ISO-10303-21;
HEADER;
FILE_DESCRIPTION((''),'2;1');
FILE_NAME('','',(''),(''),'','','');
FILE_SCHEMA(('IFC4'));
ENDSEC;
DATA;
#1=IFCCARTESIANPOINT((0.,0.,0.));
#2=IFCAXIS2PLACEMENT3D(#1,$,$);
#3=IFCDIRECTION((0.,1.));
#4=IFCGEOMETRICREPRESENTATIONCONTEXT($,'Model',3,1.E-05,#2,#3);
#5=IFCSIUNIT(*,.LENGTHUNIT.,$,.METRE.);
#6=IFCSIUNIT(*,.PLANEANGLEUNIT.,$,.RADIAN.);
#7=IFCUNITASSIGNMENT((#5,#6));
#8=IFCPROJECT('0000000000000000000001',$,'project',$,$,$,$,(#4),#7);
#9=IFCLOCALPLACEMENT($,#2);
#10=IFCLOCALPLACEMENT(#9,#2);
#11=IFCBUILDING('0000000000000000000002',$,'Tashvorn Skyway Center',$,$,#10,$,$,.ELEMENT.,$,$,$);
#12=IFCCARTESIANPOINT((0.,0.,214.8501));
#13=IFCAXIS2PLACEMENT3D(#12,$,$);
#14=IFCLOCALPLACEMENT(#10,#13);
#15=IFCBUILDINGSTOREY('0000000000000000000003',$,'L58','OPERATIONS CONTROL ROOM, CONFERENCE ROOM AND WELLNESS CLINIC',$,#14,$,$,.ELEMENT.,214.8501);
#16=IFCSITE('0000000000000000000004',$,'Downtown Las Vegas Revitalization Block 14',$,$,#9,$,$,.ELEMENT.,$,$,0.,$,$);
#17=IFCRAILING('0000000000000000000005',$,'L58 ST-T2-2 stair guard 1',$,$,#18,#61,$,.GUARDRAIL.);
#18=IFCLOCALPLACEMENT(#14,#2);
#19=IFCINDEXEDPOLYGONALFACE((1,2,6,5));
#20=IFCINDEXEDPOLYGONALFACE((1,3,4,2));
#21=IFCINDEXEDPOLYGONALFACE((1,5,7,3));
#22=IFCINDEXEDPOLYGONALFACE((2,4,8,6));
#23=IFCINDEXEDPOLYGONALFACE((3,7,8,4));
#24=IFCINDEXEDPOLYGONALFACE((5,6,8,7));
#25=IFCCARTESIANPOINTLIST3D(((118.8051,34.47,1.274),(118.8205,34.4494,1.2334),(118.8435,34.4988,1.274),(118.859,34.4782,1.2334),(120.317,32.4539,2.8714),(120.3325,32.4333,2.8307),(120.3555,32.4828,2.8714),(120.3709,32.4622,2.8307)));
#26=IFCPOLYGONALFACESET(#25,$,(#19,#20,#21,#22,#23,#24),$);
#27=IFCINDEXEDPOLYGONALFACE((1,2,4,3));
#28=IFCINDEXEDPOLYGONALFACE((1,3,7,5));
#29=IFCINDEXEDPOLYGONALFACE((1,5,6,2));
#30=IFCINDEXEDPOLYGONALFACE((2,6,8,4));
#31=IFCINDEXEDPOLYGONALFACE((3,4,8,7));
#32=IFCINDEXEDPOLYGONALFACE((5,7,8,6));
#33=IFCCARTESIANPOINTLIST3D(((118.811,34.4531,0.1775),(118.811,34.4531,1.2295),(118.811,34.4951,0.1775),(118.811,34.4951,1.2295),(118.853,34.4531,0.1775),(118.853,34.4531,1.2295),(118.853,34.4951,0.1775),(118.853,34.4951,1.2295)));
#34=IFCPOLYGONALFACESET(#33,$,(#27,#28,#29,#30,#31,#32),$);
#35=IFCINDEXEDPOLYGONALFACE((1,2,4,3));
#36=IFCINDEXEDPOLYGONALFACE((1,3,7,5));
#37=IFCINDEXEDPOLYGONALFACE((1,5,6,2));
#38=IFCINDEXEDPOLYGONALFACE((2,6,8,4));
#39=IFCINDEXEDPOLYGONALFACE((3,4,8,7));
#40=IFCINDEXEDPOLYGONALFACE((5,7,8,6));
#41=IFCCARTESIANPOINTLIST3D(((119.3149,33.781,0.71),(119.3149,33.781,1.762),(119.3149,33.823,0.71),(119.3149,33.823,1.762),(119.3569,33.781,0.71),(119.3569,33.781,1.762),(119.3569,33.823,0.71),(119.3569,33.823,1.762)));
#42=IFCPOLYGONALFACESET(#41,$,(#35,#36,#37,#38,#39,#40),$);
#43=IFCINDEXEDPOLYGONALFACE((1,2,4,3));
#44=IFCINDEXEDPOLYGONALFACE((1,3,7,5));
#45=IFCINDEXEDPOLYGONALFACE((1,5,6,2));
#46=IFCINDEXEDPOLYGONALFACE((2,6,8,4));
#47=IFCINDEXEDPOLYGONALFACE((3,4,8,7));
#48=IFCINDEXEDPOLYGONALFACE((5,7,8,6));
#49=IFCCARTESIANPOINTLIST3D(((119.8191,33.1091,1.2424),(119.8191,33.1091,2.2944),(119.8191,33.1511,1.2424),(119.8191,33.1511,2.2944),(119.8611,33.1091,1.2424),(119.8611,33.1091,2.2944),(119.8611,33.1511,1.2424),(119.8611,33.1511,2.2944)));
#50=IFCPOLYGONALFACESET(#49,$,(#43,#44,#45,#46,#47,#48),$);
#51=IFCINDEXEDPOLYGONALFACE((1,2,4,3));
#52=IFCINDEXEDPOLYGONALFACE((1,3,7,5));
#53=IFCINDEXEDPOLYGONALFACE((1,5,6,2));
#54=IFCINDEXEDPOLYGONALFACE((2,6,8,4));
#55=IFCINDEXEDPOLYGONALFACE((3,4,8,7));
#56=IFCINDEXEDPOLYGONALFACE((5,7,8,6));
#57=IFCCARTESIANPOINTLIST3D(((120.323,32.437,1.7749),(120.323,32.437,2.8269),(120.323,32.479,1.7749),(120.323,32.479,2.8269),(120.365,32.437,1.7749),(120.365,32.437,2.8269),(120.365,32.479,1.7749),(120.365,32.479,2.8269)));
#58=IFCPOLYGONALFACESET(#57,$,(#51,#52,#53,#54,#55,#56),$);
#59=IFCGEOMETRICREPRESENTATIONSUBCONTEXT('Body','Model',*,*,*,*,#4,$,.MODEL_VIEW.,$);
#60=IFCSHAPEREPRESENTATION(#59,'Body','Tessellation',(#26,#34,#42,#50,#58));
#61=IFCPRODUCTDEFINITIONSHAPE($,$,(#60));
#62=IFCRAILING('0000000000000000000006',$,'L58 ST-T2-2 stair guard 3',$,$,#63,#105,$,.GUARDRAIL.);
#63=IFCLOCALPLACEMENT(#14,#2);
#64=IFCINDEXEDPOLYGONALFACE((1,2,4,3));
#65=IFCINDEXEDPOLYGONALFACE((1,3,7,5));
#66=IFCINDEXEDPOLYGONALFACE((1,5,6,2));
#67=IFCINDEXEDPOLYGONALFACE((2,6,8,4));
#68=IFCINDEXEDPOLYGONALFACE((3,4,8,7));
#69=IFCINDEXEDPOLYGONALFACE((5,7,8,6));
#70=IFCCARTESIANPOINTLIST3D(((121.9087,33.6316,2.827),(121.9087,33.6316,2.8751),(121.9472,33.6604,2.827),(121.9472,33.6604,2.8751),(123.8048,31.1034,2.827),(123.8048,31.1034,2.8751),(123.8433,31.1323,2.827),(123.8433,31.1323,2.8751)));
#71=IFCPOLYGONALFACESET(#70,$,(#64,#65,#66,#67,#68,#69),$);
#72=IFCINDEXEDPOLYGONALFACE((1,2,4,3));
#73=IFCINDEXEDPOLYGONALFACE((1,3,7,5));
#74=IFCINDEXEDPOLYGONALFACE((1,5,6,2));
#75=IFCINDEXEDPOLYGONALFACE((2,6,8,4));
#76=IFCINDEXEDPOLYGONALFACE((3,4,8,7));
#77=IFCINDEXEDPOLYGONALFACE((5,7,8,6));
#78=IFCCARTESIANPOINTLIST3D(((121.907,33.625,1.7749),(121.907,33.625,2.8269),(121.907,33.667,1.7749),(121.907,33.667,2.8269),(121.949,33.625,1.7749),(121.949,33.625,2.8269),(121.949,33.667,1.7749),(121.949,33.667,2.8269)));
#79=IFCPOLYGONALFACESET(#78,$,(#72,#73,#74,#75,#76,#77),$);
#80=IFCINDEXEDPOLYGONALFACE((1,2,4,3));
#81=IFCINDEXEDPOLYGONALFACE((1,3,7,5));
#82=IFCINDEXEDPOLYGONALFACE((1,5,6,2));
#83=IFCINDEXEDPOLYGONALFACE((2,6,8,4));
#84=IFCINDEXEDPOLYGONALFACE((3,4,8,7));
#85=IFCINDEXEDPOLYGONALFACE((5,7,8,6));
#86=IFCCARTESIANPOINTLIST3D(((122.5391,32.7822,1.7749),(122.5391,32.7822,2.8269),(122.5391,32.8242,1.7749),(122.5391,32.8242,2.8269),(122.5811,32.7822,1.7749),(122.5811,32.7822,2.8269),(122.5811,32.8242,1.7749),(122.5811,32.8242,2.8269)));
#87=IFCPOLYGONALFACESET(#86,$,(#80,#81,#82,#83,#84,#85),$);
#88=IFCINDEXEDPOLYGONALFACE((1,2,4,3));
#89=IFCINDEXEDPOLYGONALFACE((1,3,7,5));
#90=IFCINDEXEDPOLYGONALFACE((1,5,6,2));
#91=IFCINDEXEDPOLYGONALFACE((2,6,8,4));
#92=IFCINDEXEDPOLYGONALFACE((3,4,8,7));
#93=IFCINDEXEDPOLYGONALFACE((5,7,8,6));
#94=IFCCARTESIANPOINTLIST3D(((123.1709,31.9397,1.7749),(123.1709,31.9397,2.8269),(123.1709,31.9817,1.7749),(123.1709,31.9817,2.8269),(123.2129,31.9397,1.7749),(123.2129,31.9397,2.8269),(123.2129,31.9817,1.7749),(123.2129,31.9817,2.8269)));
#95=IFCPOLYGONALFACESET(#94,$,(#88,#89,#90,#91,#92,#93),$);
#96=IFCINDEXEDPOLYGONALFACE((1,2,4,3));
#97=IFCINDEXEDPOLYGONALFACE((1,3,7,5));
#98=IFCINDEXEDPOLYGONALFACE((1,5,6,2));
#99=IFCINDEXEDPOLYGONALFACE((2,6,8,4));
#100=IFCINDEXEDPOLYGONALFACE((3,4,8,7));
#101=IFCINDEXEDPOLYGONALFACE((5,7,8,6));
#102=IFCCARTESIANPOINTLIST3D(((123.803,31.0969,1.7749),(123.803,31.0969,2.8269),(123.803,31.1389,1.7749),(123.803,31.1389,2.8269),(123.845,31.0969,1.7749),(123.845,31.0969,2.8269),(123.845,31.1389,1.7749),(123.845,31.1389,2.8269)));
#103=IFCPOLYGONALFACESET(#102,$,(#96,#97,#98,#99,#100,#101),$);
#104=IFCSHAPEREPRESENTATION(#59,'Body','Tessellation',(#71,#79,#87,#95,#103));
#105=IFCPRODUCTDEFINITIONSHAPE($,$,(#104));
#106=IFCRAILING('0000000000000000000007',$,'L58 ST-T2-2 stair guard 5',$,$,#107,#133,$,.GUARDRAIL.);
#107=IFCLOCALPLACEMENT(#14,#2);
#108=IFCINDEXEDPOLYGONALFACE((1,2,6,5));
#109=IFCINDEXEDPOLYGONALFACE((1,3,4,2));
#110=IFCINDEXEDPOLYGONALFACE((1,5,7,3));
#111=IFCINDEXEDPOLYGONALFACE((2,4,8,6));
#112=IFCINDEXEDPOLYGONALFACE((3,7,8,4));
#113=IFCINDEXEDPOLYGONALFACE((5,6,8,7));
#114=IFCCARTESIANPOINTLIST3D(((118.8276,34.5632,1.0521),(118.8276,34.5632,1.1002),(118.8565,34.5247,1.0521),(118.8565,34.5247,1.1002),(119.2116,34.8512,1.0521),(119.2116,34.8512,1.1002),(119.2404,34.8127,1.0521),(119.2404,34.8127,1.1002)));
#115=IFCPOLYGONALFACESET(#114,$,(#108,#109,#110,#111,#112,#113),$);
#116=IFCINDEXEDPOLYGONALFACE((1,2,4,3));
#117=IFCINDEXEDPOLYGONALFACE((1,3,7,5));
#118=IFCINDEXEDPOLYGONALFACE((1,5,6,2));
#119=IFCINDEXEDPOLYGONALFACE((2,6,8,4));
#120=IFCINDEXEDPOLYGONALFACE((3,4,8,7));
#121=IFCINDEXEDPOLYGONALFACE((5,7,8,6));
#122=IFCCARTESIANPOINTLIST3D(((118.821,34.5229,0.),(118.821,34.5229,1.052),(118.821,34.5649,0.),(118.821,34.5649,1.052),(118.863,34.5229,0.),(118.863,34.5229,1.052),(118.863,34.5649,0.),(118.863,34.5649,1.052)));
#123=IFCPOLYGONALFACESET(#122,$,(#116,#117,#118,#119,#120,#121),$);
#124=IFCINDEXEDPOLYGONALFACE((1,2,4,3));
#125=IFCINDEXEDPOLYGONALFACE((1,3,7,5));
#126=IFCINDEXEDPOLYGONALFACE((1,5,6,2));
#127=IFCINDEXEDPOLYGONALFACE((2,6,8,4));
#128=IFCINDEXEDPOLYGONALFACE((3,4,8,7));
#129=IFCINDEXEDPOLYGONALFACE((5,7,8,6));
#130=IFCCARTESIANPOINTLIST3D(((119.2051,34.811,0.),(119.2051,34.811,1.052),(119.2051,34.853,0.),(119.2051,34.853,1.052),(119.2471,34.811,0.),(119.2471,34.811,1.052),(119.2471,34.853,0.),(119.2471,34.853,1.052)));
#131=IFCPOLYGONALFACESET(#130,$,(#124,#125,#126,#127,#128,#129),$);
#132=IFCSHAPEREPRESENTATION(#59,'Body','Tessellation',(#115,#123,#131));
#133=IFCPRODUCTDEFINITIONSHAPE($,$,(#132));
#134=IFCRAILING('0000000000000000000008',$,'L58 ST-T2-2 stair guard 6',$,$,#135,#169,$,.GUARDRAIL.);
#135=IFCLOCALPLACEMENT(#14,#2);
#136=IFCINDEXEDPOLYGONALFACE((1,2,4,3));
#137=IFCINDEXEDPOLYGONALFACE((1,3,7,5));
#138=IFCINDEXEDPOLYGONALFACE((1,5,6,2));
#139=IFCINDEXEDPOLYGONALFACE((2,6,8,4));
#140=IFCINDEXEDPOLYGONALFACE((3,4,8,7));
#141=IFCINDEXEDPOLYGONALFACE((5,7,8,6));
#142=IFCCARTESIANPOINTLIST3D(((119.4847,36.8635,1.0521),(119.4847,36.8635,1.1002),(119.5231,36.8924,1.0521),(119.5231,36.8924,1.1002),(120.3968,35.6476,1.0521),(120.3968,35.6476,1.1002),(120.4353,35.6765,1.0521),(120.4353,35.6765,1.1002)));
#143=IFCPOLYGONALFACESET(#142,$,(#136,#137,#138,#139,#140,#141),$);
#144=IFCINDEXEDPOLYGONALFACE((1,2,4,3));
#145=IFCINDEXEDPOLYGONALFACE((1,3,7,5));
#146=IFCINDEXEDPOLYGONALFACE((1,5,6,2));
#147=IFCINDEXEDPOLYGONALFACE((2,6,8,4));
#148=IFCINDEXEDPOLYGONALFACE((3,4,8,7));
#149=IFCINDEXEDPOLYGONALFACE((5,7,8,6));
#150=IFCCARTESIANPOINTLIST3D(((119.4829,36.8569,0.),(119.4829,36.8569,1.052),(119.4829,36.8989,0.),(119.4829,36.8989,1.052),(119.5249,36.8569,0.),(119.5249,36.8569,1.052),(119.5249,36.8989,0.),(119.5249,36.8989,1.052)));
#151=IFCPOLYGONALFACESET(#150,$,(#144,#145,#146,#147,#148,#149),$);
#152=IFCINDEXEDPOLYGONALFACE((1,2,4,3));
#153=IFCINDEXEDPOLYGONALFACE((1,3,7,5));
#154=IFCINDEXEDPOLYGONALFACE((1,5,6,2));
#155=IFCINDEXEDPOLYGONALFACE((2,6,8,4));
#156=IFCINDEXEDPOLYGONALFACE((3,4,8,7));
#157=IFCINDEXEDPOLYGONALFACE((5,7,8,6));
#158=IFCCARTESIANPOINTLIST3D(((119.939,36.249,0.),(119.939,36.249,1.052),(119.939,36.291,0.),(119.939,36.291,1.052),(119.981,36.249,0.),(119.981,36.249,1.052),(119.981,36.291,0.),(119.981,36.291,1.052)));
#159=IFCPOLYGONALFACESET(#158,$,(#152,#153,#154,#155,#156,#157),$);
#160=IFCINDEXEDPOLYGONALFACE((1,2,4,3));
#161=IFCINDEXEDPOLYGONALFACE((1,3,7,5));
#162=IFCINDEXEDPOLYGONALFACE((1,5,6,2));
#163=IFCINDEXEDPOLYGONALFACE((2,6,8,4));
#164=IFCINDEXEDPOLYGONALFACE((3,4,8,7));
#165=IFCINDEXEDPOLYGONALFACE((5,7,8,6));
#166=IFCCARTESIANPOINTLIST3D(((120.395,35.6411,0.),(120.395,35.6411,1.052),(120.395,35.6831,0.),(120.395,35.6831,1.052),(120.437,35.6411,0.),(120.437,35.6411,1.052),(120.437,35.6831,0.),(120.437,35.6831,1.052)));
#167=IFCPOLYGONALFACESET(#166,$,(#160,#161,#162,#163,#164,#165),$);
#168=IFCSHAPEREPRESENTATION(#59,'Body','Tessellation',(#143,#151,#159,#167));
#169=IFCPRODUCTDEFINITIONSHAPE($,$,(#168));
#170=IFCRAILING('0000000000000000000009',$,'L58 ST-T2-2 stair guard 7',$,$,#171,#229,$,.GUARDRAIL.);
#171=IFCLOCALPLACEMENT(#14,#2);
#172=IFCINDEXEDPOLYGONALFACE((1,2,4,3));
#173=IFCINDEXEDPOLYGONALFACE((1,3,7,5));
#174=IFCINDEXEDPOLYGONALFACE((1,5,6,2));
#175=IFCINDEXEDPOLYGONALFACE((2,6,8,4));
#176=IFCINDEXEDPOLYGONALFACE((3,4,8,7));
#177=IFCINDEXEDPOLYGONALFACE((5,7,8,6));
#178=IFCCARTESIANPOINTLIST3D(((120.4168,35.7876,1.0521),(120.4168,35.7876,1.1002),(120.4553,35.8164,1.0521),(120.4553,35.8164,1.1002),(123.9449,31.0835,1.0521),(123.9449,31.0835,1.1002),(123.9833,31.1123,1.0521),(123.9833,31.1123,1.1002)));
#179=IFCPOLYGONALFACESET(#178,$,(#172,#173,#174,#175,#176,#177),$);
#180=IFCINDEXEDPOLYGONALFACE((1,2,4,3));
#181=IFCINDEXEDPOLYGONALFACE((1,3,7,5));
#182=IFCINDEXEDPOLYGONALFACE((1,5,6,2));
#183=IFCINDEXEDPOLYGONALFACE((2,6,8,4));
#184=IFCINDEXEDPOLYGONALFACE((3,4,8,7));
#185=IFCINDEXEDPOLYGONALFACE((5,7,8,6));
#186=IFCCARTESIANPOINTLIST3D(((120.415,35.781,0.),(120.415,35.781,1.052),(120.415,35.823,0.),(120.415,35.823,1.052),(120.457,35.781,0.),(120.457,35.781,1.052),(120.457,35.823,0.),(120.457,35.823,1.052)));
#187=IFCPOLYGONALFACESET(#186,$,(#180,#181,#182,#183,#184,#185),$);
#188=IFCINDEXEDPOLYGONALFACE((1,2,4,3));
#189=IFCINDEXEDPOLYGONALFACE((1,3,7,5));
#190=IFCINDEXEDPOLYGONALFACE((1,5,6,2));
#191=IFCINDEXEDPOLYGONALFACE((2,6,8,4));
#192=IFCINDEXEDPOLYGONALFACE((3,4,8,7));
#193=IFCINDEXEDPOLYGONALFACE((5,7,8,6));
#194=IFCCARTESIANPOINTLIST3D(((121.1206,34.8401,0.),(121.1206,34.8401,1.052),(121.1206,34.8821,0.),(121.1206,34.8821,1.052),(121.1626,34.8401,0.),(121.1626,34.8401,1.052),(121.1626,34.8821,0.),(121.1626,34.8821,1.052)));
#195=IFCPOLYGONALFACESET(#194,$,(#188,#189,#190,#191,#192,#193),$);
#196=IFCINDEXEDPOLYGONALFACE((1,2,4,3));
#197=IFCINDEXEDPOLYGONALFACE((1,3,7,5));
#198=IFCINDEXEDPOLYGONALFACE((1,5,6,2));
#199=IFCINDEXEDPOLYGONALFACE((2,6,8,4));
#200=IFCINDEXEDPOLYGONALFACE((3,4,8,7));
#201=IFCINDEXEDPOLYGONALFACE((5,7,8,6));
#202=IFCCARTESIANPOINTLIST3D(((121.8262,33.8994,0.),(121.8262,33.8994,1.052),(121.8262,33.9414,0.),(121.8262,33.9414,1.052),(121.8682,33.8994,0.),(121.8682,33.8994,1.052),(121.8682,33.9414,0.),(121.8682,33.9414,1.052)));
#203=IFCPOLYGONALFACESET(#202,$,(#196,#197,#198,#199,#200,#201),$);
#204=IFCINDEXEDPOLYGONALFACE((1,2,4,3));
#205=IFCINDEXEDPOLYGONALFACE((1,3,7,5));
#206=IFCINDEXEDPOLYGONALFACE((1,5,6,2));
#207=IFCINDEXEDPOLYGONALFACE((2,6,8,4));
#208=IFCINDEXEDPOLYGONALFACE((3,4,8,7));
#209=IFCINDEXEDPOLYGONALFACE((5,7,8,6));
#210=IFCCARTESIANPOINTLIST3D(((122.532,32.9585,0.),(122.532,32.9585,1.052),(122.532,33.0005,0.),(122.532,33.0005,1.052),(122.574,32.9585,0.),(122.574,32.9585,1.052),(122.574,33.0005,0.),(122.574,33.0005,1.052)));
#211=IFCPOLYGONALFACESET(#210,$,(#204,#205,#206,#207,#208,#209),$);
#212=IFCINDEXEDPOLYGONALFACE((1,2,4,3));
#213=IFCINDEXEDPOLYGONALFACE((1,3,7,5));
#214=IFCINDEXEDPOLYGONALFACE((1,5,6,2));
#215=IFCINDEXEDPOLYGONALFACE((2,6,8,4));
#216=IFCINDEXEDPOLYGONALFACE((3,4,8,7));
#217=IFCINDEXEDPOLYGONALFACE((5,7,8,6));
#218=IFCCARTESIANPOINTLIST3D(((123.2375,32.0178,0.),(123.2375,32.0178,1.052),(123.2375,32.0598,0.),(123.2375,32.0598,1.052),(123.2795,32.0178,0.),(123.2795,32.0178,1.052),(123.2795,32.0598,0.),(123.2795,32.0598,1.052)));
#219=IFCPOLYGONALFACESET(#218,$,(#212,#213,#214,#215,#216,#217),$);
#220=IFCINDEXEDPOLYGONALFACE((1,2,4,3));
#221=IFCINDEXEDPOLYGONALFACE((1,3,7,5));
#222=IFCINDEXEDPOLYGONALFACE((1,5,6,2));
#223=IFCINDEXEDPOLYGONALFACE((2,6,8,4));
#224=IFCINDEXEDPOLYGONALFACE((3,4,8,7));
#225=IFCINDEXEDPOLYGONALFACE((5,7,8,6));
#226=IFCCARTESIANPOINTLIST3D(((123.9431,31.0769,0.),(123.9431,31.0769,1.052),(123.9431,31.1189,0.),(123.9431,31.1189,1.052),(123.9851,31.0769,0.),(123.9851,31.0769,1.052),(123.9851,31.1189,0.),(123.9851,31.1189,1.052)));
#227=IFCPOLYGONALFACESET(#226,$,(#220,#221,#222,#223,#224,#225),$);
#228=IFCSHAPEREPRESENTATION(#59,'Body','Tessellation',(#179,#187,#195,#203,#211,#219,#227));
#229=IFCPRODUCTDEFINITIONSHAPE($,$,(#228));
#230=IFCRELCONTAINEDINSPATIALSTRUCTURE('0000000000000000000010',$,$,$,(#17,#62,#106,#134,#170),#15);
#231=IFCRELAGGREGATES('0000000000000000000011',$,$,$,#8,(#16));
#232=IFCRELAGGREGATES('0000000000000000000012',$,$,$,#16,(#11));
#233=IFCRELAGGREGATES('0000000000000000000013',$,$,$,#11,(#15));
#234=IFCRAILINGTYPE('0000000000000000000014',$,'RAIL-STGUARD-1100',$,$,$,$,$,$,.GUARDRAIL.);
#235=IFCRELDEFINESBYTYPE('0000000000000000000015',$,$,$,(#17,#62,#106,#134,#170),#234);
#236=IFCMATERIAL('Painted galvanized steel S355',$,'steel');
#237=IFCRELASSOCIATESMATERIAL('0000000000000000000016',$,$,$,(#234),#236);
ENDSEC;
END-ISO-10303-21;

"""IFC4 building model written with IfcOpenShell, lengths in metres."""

from ifc_helpers import new_model, si_unit, direction, frame, origin, origin_2d, place, context, subcontext, project, spatial, rectangle, extrude, material, type_object, element, save


model = new_model("IFC4")

# Units and contexts
model_context = context("Model", 3, precision=1e-05, world=origin(), true_north=direction((0.0, 1.0)))
body_context = subcontext(model_context, "Body", "Model", "MODEL_VIEW")
ifc_project = project(units=[si_unit("LENGTHUNIT", "METRE"), si_unit("PLANEANGLEUNIT", "RADIAN")], contexts=[model_context])

# Site, building, storey
site_placement = place(None, origin())
site = spatial("IfcSite", under=ifc_project, at=site_placement, Name="Downtown Las Vegas Revitalization Block 14", CompositionType="ELEMENT", RefElevation=0.0)
building_placement = place(site_placement, origin())
building = spatial("IfcBuilding", under=site, at=building_placement, Name="Tashvorn Skyway Center", CompositionType="ELEMENT")
storey_placement = place(building_placement, frame((0.0, 0.0, 214.8501)))
storey = spatial("IfcBuildingStorey", under=building, at=storey_placement, Name="L58", Description="OPERATIONS CONTROL ROOM, CONFERENCE ROOM AND WELLNESS CLINIC", CompositionType="ELEMENT", Elevation=214.8501)

# Railings
ifc_material_1 = material(Name="Painted galvanized steel S355", Category="steel")
railing_type_1 = type_object("IfcRailingType", Name="RAIL-STGUARD-1100", PredefinedType="GUARDRAIL", material=ifc_material_1)
railing_1_placement = place(storey_placement, frame((118.832, 34.4741, 0.1775)))
element("IfcRailing", 1, at=railing_1_placement, inside=storey, type_object=railing_type_1, Name="L58 ST-T2-2 stair guard 1", PredefinedType="GUARDRAIL", context=body_context, shape_type="SweptSolid", body=[
    extrude(rectangle(XDim=0.0481, YDim=0.0481, at=origin_2d()), frame((0.0, 0.0, 1.0762), z_axis=(0.506741, -0.675709, 0.535379), x_axis=(0.800023, 0.599969, 0.0)), (0.0, 0.0, 1.0), 2.9836),
    extrude(rectangle(XDim=0.042, YDim=0.042, at=origin_2d()), origin(), (0.0, 0.0, 1.0), 1.052),
    extrude(rectangle(XDim=0.042, YDim=0.042, at=origin_2d()), frame((0.5039, -0.6721, 0.5325)), (0.0, 0.0, 1.0), 1.052),
    extrude(rectangle(XDim=0.042, YDim=0.042, at=origin_2d()), frame((1.0081, -1.344, 1.0649)), (0.0, 0.0, 1.0), 1.052),
    extrude(rectangle(XDim=0.042, YDim=0.042, at=origin_2d()), frame((1.512, -2.0161, 1.5974)), (0.0, 0.0, 1.0), 1.052),
])
railing_2_placement = place(storey_placement, frame((121.928, 33.646, 1.7749)))
element("IfcRailing", 2, at=railing_2_placement, inside=storey, type_object=railing_type_1, Name="L58 ST-T2-2 stair guard 3", PredefinedType="GUARDRAIL", context=body_context, shape_type="SweptSolid", body=[
    extrude(rectangle(XDim=0.0481, YDim=0.0481, at=origin_2d()), frame((0.0, 0.0, 1.0762), z_axis=(0.599988, -0.800009, 0.0), x_axis=(0.800009, 0.599988, 0.0)), (0.0, 0.0, 1.0), 3.1602),
    extrude(rectangle(XDim=0.042, YDim=0.042, at=origin_2d()), origin(), (0.0, 0.0, 1.0), 1.052),
    extrude(rectangle(XDim=0.042, YDim=0.042, at=origin_2d()), frame((0.6321, -0.8428, 0.0)), (0.0, 0.0, 1.0), 1.052),
    extrude(rectangle(XDim=0.042, YDim=0.042, at=origin_2d()), frame((1.2639, -1.6853, 0.0)), (0.0, 0.0, 1.0), 1.052),
    extrude(rectangle(XDim=0.042, YDim=0.042, at=origin_2d()), frame((1.896, -2.5281, 0.0)), (0.0, 0.0, 1.0), 1.052),
])
railing_3_placement = place(storey_placement, frame((118.842, 34.5439, 0.0)))
element("IfcRailing", 3, at=railing_3_placement, inside=storey, type_object=railing_type_1, Name="L58 ST-T2-2 stair guard 5", PredefinedType="GUARDRAIL", context=body_context, shape_type="SweptSolid", body=[
    extrude(rectangle(XDim=0.0481, YDim=0.0481, at=origin_2d()), frame((0.0, 0.0, 1.0762), z_axis=(0.799939, 0.600081, 0.0), x_axis=(-0.600081, 0.799939, 0.0)), (0.0, 0.0, 1.0), 0.48),
    extrude(rectangle(XDim=0.042, YDim=0.042, at=origin_2d()), origin(), (0.0, 0.0, 1.0), 1.052),
    extrude(rectangle(XDim=0.042, YDim=0.042, at=origin_2d()), frame((0.384, 0.2881, 0.0)), (0.0, 0.0, 1.0), 1.052),
])
railing_4_placement = place(storey_placement, frame((119.5039, 36.8779, 0.0)))
element("IfcRailing", 4, at=railing_4_placement, inside=storey, type_object=railing_type_1, Name="L58 ST-T2-2 stair guard 6", PredefinedType="GUARDRAIL", context=body_context, shape_type="SweptSolid", body=[
    extrude(rectangle(XDim=0.0481, YDim=0.0481, at=origin_2d()), frame((0.0, 0.0, 1.0762), z_axis=(0.600103, -0.799923, 0.0), x_axis=(0.799923, 0.600103, 0.0)), (0.0, 0.0, 1.0), 1.52),
    extrude(rectangle(XDim=0.042, YDim=0.042, at=origin_2d()), origin(), (0.0, 0.0, 1.0), 1.052),
    extrude(rectangle(XDim=0.042, YDim=0.042, at=origin_2d()), frame((0.4561, -0.6079, 0.0)), (0.0, 0.0, 1.0), 1.052),
    extrude(rectangle(XDim=0.042, YDim=0.042, at=origin_2d()), frame((0.9121, -1.2158, 0.0)), (0.0, 0.0, 1.0), 1.052),
])
railing_5_placement = place(storey_placement, frame((120.436, 35.802, 0.0)))
element("IfcRailing", 5, at=railing_5_placement, inside=storey, type_object=railing_type_1, Name="L58 ST-T2-2 stair guard 7", PredefinedType="GUARDRAIL", context=body_context, shape_type="SweptSolid", body=[
    extrude(rectangle(XDim=0.0481, YDim=0.0481, at=origin_2d()), frame((0.0, 0.0, 1.0762), z_axis=(0.6, -0.8, 0.0), x_axis=(0.8, 0.6, 0.0)), (0.0, 0.0, 1.0), 5.8801),
    extrude(rectangle(XDim=0.042, YDim=0.042, at=origin_2d()), origin(), (0.0, 0.0, 1.0), 1.052),
    extrude(rectangle(XDim=0.042, YDim=0.042, at=origin_2d()), frame((0.7056, -0.9409, 0.0)), (0.0, 0.0, 1.0), 1.052),
    extrude(rectangle(XDim=0.042, YDim=0.042, at=origin_2d()), frame((1.4111, -1.8816, 0.0)), (0.0, 0.0, 1.0), 1.052),
    extrude(rectangle(XDim=0.042, YDim=0.042, at=origin_2d()), frame((2.1169, -2.8225, 0.0)), (0.0, 0.0, 1.0), 1.052),
    extrude(rectangle(XDim=0.042, YDim=0.042, at=origin_2d()), frame((2.8225, -3.7632, 0.0)), (0.0, 0.0, 1.0), 1.052),
    extrude(rectangle(XDim=0.042, YDim=0.042, at=origin_2d()), frame((3.5281, -4.7041, 0.0)), (0.0, 0.0, 1.0), 1.052),
])

save(model, "model.ifc")
